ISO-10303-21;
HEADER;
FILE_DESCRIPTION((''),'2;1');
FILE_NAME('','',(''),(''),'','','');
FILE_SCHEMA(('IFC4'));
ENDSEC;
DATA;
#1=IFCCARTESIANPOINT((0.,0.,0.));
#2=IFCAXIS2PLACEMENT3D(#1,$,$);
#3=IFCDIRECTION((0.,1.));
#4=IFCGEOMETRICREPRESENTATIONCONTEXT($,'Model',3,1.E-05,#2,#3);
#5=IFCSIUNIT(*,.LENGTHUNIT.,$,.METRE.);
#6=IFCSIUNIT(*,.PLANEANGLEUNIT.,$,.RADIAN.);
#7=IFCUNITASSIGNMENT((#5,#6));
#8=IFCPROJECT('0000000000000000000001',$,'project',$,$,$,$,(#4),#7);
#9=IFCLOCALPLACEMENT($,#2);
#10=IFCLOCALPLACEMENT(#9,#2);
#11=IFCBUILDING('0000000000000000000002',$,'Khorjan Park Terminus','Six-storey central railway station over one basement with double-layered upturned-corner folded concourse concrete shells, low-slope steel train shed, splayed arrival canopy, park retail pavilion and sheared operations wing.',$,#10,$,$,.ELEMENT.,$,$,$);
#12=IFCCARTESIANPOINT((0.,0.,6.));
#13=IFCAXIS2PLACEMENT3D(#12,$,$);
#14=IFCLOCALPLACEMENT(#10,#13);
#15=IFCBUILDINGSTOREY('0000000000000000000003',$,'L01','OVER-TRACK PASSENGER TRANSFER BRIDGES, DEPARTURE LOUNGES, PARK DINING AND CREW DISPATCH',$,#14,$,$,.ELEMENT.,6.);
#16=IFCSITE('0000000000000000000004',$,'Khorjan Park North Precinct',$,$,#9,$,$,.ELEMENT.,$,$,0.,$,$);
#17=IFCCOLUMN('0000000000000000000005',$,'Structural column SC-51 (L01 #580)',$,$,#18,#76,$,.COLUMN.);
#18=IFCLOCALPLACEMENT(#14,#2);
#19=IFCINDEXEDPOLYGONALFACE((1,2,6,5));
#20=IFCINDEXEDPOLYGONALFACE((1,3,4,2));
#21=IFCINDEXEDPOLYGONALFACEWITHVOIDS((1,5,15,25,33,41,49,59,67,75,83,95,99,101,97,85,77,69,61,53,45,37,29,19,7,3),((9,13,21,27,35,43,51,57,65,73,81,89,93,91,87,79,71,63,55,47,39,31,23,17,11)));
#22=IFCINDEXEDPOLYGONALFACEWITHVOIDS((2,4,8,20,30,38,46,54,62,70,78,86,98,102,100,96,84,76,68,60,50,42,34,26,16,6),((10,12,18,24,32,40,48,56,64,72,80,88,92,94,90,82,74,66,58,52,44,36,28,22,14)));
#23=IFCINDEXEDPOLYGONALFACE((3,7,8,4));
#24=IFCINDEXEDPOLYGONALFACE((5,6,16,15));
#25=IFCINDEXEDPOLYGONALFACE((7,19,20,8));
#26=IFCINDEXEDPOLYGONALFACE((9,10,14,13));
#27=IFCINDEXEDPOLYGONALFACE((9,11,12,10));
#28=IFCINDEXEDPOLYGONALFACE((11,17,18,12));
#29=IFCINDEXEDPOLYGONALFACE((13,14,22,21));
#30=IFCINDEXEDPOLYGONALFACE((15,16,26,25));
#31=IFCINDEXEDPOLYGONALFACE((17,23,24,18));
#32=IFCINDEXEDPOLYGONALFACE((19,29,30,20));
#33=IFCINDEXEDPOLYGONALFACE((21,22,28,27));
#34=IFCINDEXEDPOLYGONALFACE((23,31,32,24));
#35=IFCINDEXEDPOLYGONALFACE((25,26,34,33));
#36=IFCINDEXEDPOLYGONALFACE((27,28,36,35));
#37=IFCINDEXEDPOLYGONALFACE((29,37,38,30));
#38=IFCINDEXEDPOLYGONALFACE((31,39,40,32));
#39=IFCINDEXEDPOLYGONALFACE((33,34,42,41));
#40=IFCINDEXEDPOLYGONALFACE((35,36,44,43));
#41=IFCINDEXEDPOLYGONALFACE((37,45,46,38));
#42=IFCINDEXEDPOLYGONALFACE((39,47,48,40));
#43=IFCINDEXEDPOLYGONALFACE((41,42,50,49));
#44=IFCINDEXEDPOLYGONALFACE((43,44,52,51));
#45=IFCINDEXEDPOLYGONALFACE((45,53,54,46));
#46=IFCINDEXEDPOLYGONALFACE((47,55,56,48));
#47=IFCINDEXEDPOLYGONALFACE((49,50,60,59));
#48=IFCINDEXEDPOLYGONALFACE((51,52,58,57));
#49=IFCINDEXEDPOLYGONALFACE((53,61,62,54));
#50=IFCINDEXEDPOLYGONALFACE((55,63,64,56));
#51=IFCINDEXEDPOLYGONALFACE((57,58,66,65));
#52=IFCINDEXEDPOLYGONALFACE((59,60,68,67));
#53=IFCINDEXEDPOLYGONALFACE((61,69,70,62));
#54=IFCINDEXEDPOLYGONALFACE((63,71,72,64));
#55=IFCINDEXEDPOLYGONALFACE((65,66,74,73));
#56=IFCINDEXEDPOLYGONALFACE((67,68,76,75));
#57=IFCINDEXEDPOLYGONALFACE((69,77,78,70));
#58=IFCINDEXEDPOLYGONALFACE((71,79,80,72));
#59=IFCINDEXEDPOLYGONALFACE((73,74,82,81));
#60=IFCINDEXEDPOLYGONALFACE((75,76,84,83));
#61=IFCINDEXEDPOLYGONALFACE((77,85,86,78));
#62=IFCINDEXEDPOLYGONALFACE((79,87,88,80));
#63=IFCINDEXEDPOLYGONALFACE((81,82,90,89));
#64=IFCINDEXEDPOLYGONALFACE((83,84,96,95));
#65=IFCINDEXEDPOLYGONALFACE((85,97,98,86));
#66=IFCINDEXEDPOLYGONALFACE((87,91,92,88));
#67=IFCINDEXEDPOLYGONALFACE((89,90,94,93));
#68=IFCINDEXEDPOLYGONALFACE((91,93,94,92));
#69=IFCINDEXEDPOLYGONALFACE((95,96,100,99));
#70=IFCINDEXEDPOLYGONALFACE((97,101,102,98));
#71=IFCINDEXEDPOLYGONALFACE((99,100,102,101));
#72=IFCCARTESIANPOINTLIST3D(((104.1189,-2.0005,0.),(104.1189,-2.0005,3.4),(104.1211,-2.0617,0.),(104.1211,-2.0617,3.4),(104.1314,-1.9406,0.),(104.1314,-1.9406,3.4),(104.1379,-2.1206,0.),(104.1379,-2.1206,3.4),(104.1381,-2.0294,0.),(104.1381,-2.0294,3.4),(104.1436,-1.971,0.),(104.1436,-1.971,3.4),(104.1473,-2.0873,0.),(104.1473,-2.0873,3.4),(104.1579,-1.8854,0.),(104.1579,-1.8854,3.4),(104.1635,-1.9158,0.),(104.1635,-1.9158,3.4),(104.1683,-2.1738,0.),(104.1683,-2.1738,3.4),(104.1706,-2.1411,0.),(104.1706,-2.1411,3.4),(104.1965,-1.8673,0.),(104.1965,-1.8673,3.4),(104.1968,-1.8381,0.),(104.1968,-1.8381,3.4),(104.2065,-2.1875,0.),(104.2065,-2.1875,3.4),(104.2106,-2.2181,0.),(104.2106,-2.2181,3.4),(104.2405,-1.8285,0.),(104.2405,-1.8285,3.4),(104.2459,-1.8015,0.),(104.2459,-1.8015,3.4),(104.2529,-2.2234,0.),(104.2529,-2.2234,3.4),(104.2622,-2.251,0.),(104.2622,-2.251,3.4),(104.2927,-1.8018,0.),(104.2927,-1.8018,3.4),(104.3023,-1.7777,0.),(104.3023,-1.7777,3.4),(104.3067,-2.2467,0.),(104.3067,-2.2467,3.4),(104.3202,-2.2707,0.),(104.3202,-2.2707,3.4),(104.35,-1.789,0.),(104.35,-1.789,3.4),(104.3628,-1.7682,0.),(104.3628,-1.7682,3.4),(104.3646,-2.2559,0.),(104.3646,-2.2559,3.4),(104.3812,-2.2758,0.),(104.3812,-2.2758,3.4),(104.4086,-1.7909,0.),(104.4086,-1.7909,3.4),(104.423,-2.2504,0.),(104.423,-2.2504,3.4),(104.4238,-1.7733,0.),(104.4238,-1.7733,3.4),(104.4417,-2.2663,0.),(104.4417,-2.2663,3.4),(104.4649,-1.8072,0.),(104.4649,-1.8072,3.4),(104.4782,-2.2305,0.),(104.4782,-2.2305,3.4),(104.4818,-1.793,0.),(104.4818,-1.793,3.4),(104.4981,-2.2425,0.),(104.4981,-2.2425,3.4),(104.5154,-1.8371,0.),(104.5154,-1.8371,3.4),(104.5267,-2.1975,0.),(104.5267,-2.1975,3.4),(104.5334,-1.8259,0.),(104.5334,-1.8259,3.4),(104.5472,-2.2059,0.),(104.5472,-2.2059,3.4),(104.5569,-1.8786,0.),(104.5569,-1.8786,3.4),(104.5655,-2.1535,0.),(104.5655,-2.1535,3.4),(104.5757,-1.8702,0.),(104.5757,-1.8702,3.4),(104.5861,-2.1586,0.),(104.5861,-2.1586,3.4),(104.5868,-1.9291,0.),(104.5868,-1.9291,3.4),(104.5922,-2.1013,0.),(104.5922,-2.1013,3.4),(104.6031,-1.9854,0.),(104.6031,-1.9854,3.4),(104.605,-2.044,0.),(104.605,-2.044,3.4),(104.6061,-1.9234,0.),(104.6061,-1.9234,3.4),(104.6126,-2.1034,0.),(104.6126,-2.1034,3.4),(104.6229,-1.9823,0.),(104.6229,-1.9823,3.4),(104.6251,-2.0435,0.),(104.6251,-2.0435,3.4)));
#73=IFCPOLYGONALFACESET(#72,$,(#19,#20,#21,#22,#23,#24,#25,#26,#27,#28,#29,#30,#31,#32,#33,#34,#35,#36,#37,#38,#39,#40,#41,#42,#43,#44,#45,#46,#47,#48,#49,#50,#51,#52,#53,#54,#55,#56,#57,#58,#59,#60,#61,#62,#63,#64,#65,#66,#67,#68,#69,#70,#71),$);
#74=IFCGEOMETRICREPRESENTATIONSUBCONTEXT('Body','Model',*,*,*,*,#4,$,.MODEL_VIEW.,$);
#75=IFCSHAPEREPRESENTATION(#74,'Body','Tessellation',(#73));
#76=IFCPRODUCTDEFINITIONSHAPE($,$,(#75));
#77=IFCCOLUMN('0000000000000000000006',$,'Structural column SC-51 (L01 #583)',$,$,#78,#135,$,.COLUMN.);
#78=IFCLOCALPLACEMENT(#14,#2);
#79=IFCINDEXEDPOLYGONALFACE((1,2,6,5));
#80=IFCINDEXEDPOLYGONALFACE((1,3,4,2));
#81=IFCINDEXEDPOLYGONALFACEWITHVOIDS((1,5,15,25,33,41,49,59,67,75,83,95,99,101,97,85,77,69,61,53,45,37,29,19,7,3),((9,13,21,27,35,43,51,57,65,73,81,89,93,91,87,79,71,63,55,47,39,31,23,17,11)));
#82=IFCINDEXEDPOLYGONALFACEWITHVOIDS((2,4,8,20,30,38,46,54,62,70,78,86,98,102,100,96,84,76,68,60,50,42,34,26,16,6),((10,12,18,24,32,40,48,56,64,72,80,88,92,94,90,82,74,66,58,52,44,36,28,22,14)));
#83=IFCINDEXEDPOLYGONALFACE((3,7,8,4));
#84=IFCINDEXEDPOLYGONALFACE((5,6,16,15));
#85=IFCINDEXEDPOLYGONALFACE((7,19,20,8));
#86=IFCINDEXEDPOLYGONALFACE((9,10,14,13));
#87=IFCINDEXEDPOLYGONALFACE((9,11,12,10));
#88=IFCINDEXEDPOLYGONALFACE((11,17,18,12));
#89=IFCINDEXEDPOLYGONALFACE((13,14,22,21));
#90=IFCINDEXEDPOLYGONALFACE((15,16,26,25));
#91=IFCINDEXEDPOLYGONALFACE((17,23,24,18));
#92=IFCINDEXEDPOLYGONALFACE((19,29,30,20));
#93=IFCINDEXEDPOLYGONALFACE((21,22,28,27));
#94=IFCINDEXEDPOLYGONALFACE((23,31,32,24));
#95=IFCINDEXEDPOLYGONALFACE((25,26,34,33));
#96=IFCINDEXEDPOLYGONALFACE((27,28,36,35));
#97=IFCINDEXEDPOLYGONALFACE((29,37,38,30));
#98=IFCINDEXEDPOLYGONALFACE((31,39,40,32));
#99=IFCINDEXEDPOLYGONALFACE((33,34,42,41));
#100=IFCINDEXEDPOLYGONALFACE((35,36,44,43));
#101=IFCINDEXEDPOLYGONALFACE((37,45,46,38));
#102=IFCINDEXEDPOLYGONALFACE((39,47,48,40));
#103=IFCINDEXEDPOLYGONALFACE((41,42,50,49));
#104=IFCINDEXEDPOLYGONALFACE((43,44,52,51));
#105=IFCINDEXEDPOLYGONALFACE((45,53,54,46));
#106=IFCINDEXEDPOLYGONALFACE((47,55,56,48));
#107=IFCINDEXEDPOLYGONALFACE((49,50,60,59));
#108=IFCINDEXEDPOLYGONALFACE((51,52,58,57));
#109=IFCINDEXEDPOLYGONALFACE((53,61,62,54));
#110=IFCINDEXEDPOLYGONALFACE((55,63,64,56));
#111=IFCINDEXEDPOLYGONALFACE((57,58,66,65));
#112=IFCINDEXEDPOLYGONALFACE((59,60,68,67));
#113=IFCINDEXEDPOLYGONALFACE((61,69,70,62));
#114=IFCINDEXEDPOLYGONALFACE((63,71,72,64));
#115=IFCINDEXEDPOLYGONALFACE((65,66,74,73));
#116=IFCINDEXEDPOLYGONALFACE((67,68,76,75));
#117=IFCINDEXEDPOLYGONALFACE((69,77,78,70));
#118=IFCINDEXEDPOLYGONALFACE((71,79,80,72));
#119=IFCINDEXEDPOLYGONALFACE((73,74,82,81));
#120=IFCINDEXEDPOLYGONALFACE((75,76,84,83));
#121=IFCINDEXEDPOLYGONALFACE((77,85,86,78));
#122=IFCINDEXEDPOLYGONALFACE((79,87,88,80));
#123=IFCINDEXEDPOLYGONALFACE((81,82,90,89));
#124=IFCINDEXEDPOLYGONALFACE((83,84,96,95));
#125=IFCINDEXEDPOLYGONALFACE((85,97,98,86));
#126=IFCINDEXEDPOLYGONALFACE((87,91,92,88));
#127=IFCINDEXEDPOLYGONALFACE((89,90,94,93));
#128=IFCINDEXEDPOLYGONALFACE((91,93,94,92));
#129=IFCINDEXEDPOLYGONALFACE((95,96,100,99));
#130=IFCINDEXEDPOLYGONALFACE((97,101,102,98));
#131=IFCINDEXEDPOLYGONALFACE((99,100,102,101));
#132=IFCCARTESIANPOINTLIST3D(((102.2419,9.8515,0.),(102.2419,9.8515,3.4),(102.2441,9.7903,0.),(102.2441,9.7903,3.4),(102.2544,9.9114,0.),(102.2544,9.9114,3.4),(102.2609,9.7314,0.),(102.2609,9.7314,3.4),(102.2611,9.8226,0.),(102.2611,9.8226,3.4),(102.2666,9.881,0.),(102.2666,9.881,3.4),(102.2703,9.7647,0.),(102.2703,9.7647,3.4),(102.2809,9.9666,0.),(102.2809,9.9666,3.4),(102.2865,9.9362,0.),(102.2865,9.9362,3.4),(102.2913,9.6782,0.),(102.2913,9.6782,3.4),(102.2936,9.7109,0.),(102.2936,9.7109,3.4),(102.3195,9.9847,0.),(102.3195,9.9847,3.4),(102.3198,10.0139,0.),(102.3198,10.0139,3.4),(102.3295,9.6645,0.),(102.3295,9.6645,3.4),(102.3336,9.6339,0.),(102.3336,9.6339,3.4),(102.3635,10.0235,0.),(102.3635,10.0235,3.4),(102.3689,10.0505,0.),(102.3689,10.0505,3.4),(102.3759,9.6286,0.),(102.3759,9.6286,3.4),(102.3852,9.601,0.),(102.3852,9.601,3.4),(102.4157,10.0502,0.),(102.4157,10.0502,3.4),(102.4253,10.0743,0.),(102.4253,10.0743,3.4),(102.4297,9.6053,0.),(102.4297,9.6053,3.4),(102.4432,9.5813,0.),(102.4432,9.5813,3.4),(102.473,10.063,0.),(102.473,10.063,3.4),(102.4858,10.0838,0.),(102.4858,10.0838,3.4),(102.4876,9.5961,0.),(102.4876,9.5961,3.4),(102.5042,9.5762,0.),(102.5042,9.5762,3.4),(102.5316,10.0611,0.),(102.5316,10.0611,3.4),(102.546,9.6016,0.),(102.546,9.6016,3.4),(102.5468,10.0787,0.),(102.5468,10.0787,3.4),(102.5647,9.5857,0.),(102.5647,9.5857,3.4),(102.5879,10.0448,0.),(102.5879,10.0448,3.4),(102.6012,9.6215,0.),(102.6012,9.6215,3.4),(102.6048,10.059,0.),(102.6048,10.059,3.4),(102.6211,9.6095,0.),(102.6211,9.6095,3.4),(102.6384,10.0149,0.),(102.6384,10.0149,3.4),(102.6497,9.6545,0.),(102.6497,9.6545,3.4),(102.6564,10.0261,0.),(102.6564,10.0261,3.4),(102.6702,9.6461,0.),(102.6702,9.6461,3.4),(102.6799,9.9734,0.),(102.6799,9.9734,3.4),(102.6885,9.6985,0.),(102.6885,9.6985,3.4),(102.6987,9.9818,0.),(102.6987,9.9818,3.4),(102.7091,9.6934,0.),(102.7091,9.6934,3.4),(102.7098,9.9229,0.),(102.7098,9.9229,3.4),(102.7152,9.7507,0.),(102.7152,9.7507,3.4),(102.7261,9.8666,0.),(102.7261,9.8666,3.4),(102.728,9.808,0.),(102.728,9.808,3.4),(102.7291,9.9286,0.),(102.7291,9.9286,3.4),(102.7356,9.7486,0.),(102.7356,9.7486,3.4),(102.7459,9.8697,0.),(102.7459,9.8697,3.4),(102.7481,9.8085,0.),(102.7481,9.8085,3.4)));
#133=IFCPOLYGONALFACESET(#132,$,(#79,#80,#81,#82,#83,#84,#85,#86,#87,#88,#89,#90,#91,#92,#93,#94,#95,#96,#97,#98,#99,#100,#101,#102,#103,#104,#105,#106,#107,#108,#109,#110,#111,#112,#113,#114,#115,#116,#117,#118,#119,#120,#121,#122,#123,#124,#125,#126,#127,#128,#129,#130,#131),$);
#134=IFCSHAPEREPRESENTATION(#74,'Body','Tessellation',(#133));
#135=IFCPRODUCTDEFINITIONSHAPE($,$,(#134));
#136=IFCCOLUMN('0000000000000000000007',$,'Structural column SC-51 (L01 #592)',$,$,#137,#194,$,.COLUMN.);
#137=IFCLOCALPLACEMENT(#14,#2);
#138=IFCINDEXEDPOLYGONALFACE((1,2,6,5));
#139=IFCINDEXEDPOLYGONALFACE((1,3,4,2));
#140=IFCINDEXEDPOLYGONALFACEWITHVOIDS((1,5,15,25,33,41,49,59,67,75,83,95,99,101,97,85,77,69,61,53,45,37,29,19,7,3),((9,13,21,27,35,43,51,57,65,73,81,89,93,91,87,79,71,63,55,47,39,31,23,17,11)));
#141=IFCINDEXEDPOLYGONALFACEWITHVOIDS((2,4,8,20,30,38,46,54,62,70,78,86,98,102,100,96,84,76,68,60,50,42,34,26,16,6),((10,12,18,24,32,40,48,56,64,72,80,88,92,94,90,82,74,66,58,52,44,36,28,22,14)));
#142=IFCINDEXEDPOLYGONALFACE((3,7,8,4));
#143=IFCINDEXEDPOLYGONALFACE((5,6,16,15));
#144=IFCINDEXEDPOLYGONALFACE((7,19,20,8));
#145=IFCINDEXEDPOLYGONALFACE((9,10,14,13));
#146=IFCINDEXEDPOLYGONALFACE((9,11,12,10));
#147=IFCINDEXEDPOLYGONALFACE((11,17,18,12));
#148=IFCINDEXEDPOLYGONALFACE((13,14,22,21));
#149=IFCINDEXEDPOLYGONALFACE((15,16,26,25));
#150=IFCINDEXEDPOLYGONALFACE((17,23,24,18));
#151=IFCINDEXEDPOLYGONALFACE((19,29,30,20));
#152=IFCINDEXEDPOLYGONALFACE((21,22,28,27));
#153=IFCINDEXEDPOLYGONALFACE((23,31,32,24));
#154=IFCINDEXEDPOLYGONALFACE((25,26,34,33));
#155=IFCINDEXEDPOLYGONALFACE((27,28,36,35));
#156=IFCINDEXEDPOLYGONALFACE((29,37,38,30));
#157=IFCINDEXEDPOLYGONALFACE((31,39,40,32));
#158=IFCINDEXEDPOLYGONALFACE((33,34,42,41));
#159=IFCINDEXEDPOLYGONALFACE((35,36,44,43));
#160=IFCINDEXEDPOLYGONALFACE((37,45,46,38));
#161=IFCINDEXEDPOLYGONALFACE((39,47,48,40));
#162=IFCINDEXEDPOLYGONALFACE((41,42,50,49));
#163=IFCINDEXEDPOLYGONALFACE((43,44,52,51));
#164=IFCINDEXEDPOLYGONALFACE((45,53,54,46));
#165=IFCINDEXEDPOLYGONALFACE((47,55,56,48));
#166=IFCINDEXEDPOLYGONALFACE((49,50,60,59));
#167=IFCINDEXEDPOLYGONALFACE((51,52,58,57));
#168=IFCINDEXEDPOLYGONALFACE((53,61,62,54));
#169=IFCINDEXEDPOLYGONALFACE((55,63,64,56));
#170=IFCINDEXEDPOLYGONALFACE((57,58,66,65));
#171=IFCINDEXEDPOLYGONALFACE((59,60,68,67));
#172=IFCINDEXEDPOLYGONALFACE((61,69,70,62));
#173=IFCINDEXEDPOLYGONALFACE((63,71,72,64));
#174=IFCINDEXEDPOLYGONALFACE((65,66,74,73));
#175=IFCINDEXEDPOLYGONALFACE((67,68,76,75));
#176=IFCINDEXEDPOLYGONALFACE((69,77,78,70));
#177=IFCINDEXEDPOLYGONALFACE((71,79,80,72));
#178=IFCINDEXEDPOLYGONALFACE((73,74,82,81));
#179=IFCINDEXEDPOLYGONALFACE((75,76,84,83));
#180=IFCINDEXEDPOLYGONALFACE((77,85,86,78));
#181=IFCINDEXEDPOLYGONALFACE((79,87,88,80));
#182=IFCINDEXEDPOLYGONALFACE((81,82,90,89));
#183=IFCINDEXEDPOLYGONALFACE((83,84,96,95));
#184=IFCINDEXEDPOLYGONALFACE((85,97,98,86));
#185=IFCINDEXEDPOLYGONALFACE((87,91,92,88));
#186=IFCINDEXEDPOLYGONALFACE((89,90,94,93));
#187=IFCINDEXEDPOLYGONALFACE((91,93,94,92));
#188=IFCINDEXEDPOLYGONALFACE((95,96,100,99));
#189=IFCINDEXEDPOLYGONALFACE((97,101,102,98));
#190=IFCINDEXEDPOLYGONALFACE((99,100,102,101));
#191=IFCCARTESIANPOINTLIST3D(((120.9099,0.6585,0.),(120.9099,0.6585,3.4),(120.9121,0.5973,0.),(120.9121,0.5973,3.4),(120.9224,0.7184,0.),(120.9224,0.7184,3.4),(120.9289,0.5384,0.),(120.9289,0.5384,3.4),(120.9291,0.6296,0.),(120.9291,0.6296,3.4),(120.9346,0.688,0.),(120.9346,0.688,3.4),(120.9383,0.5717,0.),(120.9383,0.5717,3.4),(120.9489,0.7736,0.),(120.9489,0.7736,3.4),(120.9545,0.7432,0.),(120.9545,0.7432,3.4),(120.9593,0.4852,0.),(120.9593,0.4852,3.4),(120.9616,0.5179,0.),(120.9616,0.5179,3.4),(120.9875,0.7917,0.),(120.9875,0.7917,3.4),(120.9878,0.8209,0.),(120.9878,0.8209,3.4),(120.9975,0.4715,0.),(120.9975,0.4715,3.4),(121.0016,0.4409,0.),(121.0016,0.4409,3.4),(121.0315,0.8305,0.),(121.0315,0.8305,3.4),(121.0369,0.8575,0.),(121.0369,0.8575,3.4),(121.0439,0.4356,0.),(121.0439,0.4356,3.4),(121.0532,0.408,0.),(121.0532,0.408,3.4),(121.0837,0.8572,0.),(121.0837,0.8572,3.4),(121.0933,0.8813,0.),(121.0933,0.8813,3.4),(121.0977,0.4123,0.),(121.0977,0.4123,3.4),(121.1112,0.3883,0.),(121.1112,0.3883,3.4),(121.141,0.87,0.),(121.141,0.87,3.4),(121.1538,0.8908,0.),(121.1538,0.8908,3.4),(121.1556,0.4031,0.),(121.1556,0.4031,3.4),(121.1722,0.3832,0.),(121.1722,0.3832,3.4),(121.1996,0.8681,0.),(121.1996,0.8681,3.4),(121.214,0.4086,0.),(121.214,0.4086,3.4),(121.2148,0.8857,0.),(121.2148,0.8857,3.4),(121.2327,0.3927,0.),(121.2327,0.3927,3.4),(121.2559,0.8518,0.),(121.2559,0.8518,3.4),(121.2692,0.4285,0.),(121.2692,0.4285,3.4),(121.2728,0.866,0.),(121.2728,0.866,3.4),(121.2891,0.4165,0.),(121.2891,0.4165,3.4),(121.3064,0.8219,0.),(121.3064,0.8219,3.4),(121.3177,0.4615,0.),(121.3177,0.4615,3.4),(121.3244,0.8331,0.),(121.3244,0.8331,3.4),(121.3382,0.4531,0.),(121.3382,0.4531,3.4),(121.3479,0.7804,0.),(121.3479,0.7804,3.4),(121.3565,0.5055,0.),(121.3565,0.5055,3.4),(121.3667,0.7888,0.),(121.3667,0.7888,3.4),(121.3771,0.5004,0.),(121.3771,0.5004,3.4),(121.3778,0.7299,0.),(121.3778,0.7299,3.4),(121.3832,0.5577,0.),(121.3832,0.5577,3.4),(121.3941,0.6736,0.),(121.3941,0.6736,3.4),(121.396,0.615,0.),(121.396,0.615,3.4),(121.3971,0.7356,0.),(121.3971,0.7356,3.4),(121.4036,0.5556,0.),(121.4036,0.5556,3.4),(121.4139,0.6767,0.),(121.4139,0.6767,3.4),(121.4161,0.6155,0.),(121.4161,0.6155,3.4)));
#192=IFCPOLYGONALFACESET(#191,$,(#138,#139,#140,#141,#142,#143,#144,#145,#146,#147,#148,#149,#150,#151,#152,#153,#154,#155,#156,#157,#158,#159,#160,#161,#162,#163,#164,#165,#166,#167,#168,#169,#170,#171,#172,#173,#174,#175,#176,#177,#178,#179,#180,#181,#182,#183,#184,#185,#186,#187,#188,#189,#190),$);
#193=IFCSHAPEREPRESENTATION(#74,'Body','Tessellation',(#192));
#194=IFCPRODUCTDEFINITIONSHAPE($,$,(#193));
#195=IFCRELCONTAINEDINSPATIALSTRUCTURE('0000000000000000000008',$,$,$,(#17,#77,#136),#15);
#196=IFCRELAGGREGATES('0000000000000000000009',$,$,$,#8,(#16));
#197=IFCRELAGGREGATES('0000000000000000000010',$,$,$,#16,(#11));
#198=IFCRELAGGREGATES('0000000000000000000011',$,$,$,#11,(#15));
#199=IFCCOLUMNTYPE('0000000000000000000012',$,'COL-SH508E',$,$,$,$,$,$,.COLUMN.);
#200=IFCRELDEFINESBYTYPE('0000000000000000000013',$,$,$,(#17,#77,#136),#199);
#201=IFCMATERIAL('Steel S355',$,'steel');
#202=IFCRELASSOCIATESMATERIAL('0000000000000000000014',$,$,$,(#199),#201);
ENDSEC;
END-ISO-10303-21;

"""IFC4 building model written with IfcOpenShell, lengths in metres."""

from ifc_helpers import new_model, si_unit, direction, frame, origin, origin_2d, place, context, subcontext, project, spatial, hollow_circle, extrude, material, material_profile, profile_set, type_object, element, save


model = new_model("IFC4")

# Units and contexts
model_context = context("Model", 3, precision=1e-05, world=origin(), true_north=direction((0.0, 1.0)))
body_context = subcontext(model_context, "Body", "Model", "MODEL_VIEW")
ifc_project = project(units=[si_unit("LENGTHUNIT", "METRE"), si_unit("PLANEANGLEUNIT", "RADIAN")], contexts=[model_context])

# Site, building, storey
site_placement = place(None, origin())
site = spatial("IfcSite", under=ifc_project, at=site_placement, Name="Khorjan Park North Precinct", CompositionType="ELEMENT", RefElevation=0.0)
building_placement = place(site_placement, origin())
building = spatial("IfcBuilding", under=site, at=building_placement, Name="Khorjan Park Terminus", Description="Six-storey central railway station over one basement with double-layered upturned-corner folded concourse concrete shells, low-slope steel train shed, splayed arrival canopy, park retail pavilion and sheared operations wing.", CompositionType="ELEMENT")
storey_placement = place(building_placement, frame((0.0, 0.0, 6.0)))
storey = spatial("IfcBuildingStorey", under=building, at=storey_placement, Name="L01", Description="OVER-TRACK PASSENGER TRANSFER BRIDGES, DEPARTURE LOUNGES, PARK DINING AND CREW DISPATCH", CompositionType="ELEMENT", Elevation=6.0)

# Columns
ifc_material_1 = material(Name="Steel S355", Category="steel")
ifc_material_profile_1 = material_profile(ifc_material_1, hollow_circle(Radius=0.254, WallThickness=0.02, at=origin_2d()), Name="CHS 508x20")
ifc_profile_set_1 = profile_set([ifc_material_profile_1], Name="Steel S355")
column_type_1 = type_object("IfcColumnType", Name="COL-SH508E", PredefinedType="COLUMN", material=ifc_profile_set_1)
for number, where, z_axis, x_axis, name in (
    (1, (104.372, -2.022, 0.0), (0.0, 0.0, 1.0), (0.987688, 0.156434, 0.0), "Structural column SC-51 (L01 #580)"),
    (2, (102.495, 9.83, 0.0), (0.0, 0.0, 1.0), (0.987688, 0.156434, 0.0), "Structural column SC-51 (L01 #583)"),
    (3, (121.163, 0.637, 0.0), (0.0, 0.0, 1.0), (0.987688, 0.156434, 0.0), "Structural column SC-51 (L01 #592)"),
):
    element("IfcColumn", number, at=place(storey_placement, frame(where, z_axis=z_axis, x_axis=x_axis)), inside=storey, type_object=column_type_1, Name=name, PredefinedType="COLUMN", context=body_context, shape_type="SweptSolid", body=[
        extrude(hollow_circle(Radius=0.254, WallThickness=0.02, at=origin_2d()), origin(), (0.0, 0.0, 1.0), 3.4),
    ])

save(model, "model.ifc")
